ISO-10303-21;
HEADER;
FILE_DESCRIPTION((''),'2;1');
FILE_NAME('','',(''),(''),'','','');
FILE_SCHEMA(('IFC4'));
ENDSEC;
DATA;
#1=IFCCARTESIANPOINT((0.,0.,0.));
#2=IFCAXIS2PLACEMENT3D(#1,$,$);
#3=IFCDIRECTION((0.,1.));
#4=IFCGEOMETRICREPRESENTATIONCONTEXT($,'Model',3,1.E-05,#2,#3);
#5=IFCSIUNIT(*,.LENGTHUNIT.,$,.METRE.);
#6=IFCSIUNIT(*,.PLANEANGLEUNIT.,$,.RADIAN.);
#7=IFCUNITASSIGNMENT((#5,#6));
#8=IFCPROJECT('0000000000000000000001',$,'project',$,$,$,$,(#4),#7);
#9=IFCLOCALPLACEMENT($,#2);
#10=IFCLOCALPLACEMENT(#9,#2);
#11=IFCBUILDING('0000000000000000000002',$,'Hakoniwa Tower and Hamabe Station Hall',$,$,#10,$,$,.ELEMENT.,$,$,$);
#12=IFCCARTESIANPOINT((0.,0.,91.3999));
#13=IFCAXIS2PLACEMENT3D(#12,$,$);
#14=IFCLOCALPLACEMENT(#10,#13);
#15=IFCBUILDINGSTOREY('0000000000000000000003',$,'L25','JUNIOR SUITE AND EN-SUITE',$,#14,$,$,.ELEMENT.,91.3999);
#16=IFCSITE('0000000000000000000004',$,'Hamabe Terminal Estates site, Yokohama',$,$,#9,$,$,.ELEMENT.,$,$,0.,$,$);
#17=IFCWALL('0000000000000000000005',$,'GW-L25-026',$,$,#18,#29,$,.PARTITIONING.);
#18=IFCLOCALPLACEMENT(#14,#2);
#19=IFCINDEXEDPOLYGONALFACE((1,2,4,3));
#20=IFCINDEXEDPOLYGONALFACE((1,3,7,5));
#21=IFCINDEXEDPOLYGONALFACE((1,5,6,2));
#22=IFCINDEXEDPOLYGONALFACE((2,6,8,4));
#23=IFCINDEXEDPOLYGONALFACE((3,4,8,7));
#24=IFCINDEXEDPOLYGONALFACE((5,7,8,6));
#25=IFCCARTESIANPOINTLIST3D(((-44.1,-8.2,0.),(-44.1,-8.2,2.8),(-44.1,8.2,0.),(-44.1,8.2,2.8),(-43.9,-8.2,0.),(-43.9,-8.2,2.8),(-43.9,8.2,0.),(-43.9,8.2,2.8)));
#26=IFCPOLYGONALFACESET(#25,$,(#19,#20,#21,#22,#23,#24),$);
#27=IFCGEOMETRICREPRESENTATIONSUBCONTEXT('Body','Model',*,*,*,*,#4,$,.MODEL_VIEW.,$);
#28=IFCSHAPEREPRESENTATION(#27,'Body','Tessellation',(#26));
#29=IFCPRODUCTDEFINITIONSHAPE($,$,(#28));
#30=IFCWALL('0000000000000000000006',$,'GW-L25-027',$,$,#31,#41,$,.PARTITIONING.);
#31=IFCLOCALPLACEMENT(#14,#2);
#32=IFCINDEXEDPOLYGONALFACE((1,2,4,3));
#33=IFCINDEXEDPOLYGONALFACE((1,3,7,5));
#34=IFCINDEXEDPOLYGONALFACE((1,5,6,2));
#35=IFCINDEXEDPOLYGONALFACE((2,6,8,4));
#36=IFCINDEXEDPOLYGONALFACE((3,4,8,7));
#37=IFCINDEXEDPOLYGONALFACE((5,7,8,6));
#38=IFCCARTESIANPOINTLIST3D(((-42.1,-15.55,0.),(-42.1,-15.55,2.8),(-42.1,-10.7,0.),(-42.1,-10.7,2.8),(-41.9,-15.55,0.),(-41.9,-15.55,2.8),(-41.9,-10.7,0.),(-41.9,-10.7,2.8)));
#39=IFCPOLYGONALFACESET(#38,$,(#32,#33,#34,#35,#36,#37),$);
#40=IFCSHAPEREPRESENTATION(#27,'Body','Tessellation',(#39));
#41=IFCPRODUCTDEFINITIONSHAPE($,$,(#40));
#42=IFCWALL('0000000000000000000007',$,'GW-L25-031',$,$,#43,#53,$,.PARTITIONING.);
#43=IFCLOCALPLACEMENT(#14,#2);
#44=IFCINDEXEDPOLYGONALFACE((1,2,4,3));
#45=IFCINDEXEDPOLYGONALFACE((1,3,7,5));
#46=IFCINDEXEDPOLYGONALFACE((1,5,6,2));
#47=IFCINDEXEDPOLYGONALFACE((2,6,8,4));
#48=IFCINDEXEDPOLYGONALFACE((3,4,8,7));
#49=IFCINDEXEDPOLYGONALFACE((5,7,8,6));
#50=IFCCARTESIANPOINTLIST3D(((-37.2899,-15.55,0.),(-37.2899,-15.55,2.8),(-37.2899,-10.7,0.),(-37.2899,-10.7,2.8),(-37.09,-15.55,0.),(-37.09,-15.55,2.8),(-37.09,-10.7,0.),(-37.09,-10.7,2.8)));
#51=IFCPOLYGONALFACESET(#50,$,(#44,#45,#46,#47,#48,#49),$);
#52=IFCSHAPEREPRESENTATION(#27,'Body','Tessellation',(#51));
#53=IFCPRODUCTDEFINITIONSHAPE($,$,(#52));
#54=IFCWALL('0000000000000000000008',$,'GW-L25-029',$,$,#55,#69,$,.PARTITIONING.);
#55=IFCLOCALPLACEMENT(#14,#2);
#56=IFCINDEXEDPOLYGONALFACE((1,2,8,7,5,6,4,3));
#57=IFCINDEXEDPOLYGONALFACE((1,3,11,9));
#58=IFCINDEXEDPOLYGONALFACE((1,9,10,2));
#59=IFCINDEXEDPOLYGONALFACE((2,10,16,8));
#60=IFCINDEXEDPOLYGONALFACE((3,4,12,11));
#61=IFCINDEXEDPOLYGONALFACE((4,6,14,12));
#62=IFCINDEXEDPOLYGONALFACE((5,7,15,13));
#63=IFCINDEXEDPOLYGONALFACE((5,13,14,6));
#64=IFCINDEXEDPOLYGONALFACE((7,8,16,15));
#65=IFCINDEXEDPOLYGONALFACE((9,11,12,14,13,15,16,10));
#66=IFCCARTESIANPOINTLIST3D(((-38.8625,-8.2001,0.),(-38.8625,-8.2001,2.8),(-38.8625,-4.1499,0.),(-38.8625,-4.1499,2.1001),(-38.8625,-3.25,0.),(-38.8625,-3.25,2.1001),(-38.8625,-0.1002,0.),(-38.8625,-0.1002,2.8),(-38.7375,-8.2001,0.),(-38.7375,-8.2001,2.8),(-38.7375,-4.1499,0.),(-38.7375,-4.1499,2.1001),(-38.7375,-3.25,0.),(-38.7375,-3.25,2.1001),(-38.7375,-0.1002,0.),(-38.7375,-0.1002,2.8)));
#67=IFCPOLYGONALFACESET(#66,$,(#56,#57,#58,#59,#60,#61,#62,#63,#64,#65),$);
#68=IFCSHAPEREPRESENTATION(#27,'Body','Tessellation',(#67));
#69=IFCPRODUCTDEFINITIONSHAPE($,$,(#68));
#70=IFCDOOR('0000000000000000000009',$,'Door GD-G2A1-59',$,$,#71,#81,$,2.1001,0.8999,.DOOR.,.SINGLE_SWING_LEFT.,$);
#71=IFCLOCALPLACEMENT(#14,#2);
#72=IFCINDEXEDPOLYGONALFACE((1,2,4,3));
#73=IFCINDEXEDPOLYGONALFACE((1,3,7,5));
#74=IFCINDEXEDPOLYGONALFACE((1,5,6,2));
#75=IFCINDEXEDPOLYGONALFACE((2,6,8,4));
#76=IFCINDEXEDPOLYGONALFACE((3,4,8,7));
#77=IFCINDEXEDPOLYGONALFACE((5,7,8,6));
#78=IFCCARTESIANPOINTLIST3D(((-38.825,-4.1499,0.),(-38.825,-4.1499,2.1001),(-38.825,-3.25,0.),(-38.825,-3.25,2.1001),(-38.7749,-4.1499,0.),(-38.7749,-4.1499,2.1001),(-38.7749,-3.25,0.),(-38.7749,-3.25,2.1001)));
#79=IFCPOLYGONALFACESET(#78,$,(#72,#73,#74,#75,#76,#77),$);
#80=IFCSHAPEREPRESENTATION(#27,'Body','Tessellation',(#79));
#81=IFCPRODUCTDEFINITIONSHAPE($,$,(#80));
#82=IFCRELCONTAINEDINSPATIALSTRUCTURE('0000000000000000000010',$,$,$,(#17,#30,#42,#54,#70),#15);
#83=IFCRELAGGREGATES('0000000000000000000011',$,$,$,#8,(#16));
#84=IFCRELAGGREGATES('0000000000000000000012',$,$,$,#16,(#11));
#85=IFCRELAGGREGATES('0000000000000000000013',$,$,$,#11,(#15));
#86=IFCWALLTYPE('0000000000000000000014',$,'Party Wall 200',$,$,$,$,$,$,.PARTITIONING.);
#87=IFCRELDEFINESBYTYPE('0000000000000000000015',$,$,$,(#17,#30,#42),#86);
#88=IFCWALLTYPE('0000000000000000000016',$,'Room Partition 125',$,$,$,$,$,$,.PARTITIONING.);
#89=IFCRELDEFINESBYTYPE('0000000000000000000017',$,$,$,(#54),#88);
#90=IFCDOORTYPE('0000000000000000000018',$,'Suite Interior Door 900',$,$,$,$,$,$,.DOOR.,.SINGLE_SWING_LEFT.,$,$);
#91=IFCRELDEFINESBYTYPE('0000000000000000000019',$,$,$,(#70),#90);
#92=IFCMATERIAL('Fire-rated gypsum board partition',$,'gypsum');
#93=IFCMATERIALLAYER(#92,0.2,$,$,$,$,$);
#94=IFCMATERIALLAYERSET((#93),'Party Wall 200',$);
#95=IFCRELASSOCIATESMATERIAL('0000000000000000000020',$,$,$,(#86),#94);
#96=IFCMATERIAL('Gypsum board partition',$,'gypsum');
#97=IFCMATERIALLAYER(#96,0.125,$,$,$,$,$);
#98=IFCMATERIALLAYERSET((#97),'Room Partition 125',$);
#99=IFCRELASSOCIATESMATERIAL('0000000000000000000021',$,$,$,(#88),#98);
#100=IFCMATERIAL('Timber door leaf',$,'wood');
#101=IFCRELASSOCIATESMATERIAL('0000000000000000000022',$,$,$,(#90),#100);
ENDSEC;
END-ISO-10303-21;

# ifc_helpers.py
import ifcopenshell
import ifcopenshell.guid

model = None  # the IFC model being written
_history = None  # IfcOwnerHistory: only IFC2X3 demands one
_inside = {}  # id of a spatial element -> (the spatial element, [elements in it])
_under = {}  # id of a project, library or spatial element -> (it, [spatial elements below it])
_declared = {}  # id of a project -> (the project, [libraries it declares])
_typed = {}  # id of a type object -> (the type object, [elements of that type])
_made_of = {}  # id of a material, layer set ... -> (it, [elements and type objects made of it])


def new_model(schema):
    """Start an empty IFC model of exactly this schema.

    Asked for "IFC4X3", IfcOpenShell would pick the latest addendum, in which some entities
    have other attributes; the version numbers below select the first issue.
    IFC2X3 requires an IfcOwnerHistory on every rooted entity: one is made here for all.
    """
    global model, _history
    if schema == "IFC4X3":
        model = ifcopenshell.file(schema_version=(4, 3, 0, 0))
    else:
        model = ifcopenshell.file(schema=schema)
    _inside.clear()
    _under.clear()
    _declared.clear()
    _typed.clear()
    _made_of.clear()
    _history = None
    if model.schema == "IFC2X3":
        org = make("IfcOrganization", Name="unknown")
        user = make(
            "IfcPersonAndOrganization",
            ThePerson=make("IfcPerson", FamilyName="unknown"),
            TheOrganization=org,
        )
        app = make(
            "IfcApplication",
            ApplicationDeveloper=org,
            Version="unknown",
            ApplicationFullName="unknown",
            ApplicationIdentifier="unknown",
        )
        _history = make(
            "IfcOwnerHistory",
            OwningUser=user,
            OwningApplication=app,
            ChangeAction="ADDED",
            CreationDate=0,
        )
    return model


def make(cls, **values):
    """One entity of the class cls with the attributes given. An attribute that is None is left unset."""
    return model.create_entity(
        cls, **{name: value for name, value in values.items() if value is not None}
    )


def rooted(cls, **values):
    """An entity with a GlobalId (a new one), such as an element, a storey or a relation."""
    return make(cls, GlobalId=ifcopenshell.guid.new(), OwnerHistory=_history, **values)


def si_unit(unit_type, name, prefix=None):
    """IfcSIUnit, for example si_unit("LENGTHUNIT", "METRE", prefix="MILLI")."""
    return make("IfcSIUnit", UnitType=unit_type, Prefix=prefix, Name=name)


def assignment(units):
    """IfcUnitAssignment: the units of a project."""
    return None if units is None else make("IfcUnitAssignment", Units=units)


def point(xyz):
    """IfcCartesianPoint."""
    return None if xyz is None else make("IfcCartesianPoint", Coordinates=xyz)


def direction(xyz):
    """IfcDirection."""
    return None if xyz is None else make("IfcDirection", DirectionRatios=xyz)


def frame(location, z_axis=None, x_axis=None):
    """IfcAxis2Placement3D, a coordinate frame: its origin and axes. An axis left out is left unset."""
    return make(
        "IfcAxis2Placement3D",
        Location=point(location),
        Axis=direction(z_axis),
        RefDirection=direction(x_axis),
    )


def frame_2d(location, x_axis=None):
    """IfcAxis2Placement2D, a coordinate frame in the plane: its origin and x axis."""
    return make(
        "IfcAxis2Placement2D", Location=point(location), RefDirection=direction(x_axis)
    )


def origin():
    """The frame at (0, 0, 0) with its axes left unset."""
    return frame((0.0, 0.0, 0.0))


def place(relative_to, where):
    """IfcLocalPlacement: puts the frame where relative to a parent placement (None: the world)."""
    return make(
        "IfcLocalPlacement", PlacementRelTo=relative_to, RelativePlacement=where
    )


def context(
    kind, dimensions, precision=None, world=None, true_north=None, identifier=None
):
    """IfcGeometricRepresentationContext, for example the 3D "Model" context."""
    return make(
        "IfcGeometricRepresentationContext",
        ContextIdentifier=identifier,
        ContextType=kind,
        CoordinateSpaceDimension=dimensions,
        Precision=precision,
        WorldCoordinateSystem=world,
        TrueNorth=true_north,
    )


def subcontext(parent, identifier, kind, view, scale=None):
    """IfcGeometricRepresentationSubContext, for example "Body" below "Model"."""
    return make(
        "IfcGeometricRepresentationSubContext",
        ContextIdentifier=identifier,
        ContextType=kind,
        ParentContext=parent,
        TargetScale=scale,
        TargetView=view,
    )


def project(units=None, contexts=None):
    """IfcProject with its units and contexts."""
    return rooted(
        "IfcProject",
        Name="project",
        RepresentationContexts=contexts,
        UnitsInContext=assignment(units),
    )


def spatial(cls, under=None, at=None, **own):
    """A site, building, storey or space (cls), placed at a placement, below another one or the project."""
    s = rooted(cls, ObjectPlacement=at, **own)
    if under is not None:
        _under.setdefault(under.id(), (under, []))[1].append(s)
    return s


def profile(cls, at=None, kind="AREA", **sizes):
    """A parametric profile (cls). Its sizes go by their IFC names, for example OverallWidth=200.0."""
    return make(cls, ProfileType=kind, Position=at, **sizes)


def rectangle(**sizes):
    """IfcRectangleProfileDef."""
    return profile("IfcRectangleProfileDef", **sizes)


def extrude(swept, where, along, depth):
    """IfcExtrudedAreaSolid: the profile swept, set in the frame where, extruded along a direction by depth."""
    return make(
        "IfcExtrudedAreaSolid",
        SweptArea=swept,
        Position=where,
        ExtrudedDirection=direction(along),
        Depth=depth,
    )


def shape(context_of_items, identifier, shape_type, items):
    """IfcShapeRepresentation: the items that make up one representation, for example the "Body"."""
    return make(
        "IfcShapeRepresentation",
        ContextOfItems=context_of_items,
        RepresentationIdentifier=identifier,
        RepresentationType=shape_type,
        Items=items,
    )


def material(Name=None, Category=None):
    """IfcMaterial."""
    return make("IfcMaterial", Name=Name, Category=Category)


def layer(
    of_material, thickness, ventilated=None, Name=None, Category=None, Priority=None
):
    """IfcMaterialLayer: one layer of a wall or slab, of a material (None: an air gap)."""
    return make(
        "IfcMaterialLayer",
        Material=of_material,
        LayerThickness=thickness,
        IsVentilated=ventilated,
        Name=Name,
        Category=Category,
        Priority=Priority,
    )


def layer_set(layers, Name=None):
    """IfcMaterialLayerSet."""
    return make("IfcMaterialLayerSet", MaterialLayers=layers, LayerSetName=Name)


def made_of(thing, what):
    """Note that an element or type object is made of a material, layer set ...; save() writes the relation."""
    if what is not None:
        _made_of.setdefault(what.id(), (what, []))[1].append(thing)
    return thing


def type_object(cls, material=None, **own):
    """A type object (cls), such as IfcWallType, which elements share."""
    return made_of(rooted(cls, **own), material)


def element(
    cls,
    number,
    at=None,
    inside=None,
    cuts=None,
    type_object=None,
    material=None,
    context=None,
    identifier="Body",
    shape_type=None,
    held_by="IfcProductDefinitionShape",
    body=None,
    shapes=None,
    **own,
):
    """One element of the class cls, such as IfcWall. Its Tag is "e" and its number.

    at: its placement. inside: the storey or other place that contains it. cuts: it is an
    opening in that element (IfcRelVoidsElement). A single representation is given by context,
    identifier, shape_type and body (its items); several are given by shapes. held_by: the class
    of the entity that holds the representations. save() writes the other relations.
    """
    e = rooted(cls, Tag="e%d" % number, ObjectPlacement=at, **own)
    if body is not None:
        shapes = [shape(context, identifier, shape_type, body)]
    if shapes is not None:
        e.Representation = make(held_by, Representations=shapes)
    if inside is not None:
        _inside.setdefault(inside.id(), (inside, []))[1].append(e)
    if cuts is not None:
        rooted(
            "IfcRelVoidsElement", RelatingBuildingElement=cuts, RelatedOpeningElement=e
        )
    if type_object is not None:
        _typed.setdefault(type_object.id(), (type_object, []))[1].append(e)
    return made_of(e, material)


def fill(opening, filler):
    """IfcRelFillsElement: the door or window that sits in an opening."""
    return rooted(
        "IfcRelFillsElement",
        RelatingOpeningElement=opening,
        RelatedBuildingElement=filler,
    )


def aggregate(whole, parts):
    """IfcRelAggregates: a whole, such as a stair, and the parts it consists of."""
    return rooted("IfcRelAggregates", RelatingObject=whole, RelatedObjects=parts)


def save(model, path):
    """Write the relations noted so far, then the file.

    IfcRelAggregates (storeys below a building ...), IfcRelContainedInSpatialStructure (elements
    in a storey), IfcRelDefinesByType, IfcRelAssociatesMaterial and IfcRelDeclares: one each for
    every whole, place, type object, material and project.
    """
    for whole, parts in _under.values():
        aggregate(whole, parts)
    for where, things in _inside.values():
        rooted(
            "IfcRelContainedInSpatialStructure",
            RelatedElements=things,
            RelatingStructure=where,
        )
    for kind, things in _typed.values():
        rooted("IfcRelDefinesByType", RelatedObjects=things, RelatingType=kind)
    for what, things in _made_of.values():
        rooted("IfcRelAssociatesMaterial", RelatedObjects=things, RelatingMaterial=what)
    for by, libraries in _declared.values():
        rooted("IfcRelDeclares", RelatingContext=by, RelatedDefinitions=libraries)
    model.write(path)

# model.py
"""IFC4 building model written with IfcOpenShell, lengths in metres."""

from ifc_helpers import new_model, si_unit, direction, frame, frame_2d, origin, place, context, subcontext, project, spatial, rectangle, extrude, material, layer, layer_set, type_object, element, fill, save


model = new_model("IFC4")

# Units and contexts
model_context = context("Model", 3, precision=1e-05, world=origin(), true_north=direction((0.0, 1.0)))
body_context = subcontext(model_context, "Body", "Model", "MODEL_VIEW")
ifc_project = project(units=[si_unit("LENGTHUNIT", "METRE"), si_unit("PLANEANGLEUNIT", "RADIAN")], contexts=[model_context])

# Site, building, storey
site_placement = place(None, origin())
site = spatial("IfcSite", under=ifc_project, at=site_placement, Name="Hamabe Terminal Estates site, Yokohama", CompositionType="ELEMENT", RefElevation=0.0)
building_placement = place(site_placement, origin())
building = spatial("IfcBuilding", under=site, at=building_placement, Name="Hakoniwa Tower and Hamabe Station Hall", CompositionType="ELEMENT")
storey_placement = place(building_placement, frame((0.0, 0.0, 91.3999)))
storey = spatial("IfcBuildingStorey", under=building, at=storey_placement, Name="L25", Description="JUNIOR SUITE AND EN-SUITE", CompositionType="ELEMENT", Elevation=91.3999)

# Walls
ifc_material_1 = material(Name="Fire-rated gypsum board partition", Category="gypsum")
ifc_layer_1 = layer(ifc_material_1, 0.2)
ifc_layer_set_1 = layer_set([ifc_layer_1], Name="Party Wall 200")
wall_type_1 = type_object("IfcWallType", Name="Party Wall 200", PredefinedType="PARTITIONING", material=ifc_layer_set_1)
wall_1_placement = place(storey_placement, frame((-44.0, -8.2, 0.0), z_axis=(0.0, 0.0, 1.0), x_axis=(0.0, 1.0, 0.0)))
element("IfcWall", 1, at=wall_1_placement, inside=storey, type_object=wall_type_1, Name="GW-L25-026", PredefinedType="PARTITIONING", context=body_context, shape_type="SweptSolid", body=[
    extrude(rectangle(XDim=16.3999, YDim=0.2, at=frame_2d((8.2, 0.0))), origin(), (0.0, 0.0, 1.0), 2.8),
])
for number, where, z_axis, x_axis, name in (
    (2, (-42.0, -15.55, 0.0), (0.0, 0.0, 1.0), (0.0, 1.0, 0.0), "GW-L25-027"),
    (3, (-37.1899, -15.55, 0.0), (0.0, 0.0, 1.0), (0.0, 1.0, 0.0), "GW-L25-031"),
):
    element("IfcWall", number, at=place(storey_placement, frame(where, z_axis=z_axis, x_axis=x_axis)), inside=storey, type_object=wall_type_1, Name=name, PredefinedType="PARTITIONING", context=body_context, shape_type="SweptSolid", body=[
        extrude(rectangle(XDim=4.8501, YDim=0.2, at=frame_2d((2.425, 0.0))), origin(), (0.0, 0.0, 1.0), 2.8),
    ])

# Wall, opening, door
ifc_material_2 = material(Name="Gypsum board partition", Category="gypsum")
ifc_layer_2 = layer(ifc_material_2, 0.125)
ifc_layer_set_2 = layer_set([ifc_layer_2], Name="Room Partition 125")
wall_type_2 = type_object("IfcWallType", Name="Room Partition 125", PredefinedType="PARTITIONING", material=ifc_layer_set_2)
wall_2_placement = place(storey_placement, frame((-38.8, -8.2, 0.0), z_axis=(0.0, 0.0, 1.0), x_axis=(0.0, 1.0, 0.0)))
wall_2 = element("IfcWall", 4, at=wall_2_placement, inside=storey, type_object=wall_type_2, Name="GW-L25-029", PredefinedType="PARTITIONING", context=body_context, shape_type="SweptSolid", body=[
    extrude(rectangle(XDim=8.0999, YDim=0.125, at=frame_2d((4.0498, 0.0))), origin(), (0.0, 0.0, 1.0), 2.8),
])
opening_1_placement = place(wall_2_placement, frame((4.05, 0.0, 0.0)))
opening_1 = element("IfcOpeningElement", 5, at=opening_1_placement, cuts=wall_2, PredefinedType="OPENING", context=body_context, shape_type="SweptSolid", body=[
    extrude(rectangle(XDim=0.8999, YDim=2.1001, at=frame_2d((0.45, 1.05))), frame((0.0, 0.0725, 0.0), z_axis=(0.0, -1.0, 0.0), x_axis=(1.0, 0.0, 0.0)), (0.0, 0.0, 1.0), 0.145),
])
ifc_material_3 = material(Name="Timber door leaf", Category="wood")
door_type_1 = type_object("IfcDoorType", Name="Suite Interior Door 900", OperationType="SINGLE_SWING_LEFT", PredefinedType="DOOR", material=ifc_material_3)
door_1_placement = place(opening_1_placement, origin())
door_1 = element("IfcDoor", 6, at=door_1_placement, inside=storey, type_object=door_type_1, Name="Door GD-G2A1-59", OperationType="SINGLE_SWING_LEFT", OverallHeight=2.1001, OverallWidth=0.8999, PredefinedType="DOOR", context=body_context, shape_type="SweptSolid", body=[
    extrude(rectangle(XDim=0.8999, YDim=2.1001, at=frame_2d((0.45, 1.05))), frame((0.0, 0.0249, 0.0), z_axis=(0.0, -1.0, 0.0), x_axis=(1.0, 0.0, 0.0)), (0.0, 0.0, 1.0), 0.05),
])
fill(opening_1, door_1)

save(model, "model.ifc")
